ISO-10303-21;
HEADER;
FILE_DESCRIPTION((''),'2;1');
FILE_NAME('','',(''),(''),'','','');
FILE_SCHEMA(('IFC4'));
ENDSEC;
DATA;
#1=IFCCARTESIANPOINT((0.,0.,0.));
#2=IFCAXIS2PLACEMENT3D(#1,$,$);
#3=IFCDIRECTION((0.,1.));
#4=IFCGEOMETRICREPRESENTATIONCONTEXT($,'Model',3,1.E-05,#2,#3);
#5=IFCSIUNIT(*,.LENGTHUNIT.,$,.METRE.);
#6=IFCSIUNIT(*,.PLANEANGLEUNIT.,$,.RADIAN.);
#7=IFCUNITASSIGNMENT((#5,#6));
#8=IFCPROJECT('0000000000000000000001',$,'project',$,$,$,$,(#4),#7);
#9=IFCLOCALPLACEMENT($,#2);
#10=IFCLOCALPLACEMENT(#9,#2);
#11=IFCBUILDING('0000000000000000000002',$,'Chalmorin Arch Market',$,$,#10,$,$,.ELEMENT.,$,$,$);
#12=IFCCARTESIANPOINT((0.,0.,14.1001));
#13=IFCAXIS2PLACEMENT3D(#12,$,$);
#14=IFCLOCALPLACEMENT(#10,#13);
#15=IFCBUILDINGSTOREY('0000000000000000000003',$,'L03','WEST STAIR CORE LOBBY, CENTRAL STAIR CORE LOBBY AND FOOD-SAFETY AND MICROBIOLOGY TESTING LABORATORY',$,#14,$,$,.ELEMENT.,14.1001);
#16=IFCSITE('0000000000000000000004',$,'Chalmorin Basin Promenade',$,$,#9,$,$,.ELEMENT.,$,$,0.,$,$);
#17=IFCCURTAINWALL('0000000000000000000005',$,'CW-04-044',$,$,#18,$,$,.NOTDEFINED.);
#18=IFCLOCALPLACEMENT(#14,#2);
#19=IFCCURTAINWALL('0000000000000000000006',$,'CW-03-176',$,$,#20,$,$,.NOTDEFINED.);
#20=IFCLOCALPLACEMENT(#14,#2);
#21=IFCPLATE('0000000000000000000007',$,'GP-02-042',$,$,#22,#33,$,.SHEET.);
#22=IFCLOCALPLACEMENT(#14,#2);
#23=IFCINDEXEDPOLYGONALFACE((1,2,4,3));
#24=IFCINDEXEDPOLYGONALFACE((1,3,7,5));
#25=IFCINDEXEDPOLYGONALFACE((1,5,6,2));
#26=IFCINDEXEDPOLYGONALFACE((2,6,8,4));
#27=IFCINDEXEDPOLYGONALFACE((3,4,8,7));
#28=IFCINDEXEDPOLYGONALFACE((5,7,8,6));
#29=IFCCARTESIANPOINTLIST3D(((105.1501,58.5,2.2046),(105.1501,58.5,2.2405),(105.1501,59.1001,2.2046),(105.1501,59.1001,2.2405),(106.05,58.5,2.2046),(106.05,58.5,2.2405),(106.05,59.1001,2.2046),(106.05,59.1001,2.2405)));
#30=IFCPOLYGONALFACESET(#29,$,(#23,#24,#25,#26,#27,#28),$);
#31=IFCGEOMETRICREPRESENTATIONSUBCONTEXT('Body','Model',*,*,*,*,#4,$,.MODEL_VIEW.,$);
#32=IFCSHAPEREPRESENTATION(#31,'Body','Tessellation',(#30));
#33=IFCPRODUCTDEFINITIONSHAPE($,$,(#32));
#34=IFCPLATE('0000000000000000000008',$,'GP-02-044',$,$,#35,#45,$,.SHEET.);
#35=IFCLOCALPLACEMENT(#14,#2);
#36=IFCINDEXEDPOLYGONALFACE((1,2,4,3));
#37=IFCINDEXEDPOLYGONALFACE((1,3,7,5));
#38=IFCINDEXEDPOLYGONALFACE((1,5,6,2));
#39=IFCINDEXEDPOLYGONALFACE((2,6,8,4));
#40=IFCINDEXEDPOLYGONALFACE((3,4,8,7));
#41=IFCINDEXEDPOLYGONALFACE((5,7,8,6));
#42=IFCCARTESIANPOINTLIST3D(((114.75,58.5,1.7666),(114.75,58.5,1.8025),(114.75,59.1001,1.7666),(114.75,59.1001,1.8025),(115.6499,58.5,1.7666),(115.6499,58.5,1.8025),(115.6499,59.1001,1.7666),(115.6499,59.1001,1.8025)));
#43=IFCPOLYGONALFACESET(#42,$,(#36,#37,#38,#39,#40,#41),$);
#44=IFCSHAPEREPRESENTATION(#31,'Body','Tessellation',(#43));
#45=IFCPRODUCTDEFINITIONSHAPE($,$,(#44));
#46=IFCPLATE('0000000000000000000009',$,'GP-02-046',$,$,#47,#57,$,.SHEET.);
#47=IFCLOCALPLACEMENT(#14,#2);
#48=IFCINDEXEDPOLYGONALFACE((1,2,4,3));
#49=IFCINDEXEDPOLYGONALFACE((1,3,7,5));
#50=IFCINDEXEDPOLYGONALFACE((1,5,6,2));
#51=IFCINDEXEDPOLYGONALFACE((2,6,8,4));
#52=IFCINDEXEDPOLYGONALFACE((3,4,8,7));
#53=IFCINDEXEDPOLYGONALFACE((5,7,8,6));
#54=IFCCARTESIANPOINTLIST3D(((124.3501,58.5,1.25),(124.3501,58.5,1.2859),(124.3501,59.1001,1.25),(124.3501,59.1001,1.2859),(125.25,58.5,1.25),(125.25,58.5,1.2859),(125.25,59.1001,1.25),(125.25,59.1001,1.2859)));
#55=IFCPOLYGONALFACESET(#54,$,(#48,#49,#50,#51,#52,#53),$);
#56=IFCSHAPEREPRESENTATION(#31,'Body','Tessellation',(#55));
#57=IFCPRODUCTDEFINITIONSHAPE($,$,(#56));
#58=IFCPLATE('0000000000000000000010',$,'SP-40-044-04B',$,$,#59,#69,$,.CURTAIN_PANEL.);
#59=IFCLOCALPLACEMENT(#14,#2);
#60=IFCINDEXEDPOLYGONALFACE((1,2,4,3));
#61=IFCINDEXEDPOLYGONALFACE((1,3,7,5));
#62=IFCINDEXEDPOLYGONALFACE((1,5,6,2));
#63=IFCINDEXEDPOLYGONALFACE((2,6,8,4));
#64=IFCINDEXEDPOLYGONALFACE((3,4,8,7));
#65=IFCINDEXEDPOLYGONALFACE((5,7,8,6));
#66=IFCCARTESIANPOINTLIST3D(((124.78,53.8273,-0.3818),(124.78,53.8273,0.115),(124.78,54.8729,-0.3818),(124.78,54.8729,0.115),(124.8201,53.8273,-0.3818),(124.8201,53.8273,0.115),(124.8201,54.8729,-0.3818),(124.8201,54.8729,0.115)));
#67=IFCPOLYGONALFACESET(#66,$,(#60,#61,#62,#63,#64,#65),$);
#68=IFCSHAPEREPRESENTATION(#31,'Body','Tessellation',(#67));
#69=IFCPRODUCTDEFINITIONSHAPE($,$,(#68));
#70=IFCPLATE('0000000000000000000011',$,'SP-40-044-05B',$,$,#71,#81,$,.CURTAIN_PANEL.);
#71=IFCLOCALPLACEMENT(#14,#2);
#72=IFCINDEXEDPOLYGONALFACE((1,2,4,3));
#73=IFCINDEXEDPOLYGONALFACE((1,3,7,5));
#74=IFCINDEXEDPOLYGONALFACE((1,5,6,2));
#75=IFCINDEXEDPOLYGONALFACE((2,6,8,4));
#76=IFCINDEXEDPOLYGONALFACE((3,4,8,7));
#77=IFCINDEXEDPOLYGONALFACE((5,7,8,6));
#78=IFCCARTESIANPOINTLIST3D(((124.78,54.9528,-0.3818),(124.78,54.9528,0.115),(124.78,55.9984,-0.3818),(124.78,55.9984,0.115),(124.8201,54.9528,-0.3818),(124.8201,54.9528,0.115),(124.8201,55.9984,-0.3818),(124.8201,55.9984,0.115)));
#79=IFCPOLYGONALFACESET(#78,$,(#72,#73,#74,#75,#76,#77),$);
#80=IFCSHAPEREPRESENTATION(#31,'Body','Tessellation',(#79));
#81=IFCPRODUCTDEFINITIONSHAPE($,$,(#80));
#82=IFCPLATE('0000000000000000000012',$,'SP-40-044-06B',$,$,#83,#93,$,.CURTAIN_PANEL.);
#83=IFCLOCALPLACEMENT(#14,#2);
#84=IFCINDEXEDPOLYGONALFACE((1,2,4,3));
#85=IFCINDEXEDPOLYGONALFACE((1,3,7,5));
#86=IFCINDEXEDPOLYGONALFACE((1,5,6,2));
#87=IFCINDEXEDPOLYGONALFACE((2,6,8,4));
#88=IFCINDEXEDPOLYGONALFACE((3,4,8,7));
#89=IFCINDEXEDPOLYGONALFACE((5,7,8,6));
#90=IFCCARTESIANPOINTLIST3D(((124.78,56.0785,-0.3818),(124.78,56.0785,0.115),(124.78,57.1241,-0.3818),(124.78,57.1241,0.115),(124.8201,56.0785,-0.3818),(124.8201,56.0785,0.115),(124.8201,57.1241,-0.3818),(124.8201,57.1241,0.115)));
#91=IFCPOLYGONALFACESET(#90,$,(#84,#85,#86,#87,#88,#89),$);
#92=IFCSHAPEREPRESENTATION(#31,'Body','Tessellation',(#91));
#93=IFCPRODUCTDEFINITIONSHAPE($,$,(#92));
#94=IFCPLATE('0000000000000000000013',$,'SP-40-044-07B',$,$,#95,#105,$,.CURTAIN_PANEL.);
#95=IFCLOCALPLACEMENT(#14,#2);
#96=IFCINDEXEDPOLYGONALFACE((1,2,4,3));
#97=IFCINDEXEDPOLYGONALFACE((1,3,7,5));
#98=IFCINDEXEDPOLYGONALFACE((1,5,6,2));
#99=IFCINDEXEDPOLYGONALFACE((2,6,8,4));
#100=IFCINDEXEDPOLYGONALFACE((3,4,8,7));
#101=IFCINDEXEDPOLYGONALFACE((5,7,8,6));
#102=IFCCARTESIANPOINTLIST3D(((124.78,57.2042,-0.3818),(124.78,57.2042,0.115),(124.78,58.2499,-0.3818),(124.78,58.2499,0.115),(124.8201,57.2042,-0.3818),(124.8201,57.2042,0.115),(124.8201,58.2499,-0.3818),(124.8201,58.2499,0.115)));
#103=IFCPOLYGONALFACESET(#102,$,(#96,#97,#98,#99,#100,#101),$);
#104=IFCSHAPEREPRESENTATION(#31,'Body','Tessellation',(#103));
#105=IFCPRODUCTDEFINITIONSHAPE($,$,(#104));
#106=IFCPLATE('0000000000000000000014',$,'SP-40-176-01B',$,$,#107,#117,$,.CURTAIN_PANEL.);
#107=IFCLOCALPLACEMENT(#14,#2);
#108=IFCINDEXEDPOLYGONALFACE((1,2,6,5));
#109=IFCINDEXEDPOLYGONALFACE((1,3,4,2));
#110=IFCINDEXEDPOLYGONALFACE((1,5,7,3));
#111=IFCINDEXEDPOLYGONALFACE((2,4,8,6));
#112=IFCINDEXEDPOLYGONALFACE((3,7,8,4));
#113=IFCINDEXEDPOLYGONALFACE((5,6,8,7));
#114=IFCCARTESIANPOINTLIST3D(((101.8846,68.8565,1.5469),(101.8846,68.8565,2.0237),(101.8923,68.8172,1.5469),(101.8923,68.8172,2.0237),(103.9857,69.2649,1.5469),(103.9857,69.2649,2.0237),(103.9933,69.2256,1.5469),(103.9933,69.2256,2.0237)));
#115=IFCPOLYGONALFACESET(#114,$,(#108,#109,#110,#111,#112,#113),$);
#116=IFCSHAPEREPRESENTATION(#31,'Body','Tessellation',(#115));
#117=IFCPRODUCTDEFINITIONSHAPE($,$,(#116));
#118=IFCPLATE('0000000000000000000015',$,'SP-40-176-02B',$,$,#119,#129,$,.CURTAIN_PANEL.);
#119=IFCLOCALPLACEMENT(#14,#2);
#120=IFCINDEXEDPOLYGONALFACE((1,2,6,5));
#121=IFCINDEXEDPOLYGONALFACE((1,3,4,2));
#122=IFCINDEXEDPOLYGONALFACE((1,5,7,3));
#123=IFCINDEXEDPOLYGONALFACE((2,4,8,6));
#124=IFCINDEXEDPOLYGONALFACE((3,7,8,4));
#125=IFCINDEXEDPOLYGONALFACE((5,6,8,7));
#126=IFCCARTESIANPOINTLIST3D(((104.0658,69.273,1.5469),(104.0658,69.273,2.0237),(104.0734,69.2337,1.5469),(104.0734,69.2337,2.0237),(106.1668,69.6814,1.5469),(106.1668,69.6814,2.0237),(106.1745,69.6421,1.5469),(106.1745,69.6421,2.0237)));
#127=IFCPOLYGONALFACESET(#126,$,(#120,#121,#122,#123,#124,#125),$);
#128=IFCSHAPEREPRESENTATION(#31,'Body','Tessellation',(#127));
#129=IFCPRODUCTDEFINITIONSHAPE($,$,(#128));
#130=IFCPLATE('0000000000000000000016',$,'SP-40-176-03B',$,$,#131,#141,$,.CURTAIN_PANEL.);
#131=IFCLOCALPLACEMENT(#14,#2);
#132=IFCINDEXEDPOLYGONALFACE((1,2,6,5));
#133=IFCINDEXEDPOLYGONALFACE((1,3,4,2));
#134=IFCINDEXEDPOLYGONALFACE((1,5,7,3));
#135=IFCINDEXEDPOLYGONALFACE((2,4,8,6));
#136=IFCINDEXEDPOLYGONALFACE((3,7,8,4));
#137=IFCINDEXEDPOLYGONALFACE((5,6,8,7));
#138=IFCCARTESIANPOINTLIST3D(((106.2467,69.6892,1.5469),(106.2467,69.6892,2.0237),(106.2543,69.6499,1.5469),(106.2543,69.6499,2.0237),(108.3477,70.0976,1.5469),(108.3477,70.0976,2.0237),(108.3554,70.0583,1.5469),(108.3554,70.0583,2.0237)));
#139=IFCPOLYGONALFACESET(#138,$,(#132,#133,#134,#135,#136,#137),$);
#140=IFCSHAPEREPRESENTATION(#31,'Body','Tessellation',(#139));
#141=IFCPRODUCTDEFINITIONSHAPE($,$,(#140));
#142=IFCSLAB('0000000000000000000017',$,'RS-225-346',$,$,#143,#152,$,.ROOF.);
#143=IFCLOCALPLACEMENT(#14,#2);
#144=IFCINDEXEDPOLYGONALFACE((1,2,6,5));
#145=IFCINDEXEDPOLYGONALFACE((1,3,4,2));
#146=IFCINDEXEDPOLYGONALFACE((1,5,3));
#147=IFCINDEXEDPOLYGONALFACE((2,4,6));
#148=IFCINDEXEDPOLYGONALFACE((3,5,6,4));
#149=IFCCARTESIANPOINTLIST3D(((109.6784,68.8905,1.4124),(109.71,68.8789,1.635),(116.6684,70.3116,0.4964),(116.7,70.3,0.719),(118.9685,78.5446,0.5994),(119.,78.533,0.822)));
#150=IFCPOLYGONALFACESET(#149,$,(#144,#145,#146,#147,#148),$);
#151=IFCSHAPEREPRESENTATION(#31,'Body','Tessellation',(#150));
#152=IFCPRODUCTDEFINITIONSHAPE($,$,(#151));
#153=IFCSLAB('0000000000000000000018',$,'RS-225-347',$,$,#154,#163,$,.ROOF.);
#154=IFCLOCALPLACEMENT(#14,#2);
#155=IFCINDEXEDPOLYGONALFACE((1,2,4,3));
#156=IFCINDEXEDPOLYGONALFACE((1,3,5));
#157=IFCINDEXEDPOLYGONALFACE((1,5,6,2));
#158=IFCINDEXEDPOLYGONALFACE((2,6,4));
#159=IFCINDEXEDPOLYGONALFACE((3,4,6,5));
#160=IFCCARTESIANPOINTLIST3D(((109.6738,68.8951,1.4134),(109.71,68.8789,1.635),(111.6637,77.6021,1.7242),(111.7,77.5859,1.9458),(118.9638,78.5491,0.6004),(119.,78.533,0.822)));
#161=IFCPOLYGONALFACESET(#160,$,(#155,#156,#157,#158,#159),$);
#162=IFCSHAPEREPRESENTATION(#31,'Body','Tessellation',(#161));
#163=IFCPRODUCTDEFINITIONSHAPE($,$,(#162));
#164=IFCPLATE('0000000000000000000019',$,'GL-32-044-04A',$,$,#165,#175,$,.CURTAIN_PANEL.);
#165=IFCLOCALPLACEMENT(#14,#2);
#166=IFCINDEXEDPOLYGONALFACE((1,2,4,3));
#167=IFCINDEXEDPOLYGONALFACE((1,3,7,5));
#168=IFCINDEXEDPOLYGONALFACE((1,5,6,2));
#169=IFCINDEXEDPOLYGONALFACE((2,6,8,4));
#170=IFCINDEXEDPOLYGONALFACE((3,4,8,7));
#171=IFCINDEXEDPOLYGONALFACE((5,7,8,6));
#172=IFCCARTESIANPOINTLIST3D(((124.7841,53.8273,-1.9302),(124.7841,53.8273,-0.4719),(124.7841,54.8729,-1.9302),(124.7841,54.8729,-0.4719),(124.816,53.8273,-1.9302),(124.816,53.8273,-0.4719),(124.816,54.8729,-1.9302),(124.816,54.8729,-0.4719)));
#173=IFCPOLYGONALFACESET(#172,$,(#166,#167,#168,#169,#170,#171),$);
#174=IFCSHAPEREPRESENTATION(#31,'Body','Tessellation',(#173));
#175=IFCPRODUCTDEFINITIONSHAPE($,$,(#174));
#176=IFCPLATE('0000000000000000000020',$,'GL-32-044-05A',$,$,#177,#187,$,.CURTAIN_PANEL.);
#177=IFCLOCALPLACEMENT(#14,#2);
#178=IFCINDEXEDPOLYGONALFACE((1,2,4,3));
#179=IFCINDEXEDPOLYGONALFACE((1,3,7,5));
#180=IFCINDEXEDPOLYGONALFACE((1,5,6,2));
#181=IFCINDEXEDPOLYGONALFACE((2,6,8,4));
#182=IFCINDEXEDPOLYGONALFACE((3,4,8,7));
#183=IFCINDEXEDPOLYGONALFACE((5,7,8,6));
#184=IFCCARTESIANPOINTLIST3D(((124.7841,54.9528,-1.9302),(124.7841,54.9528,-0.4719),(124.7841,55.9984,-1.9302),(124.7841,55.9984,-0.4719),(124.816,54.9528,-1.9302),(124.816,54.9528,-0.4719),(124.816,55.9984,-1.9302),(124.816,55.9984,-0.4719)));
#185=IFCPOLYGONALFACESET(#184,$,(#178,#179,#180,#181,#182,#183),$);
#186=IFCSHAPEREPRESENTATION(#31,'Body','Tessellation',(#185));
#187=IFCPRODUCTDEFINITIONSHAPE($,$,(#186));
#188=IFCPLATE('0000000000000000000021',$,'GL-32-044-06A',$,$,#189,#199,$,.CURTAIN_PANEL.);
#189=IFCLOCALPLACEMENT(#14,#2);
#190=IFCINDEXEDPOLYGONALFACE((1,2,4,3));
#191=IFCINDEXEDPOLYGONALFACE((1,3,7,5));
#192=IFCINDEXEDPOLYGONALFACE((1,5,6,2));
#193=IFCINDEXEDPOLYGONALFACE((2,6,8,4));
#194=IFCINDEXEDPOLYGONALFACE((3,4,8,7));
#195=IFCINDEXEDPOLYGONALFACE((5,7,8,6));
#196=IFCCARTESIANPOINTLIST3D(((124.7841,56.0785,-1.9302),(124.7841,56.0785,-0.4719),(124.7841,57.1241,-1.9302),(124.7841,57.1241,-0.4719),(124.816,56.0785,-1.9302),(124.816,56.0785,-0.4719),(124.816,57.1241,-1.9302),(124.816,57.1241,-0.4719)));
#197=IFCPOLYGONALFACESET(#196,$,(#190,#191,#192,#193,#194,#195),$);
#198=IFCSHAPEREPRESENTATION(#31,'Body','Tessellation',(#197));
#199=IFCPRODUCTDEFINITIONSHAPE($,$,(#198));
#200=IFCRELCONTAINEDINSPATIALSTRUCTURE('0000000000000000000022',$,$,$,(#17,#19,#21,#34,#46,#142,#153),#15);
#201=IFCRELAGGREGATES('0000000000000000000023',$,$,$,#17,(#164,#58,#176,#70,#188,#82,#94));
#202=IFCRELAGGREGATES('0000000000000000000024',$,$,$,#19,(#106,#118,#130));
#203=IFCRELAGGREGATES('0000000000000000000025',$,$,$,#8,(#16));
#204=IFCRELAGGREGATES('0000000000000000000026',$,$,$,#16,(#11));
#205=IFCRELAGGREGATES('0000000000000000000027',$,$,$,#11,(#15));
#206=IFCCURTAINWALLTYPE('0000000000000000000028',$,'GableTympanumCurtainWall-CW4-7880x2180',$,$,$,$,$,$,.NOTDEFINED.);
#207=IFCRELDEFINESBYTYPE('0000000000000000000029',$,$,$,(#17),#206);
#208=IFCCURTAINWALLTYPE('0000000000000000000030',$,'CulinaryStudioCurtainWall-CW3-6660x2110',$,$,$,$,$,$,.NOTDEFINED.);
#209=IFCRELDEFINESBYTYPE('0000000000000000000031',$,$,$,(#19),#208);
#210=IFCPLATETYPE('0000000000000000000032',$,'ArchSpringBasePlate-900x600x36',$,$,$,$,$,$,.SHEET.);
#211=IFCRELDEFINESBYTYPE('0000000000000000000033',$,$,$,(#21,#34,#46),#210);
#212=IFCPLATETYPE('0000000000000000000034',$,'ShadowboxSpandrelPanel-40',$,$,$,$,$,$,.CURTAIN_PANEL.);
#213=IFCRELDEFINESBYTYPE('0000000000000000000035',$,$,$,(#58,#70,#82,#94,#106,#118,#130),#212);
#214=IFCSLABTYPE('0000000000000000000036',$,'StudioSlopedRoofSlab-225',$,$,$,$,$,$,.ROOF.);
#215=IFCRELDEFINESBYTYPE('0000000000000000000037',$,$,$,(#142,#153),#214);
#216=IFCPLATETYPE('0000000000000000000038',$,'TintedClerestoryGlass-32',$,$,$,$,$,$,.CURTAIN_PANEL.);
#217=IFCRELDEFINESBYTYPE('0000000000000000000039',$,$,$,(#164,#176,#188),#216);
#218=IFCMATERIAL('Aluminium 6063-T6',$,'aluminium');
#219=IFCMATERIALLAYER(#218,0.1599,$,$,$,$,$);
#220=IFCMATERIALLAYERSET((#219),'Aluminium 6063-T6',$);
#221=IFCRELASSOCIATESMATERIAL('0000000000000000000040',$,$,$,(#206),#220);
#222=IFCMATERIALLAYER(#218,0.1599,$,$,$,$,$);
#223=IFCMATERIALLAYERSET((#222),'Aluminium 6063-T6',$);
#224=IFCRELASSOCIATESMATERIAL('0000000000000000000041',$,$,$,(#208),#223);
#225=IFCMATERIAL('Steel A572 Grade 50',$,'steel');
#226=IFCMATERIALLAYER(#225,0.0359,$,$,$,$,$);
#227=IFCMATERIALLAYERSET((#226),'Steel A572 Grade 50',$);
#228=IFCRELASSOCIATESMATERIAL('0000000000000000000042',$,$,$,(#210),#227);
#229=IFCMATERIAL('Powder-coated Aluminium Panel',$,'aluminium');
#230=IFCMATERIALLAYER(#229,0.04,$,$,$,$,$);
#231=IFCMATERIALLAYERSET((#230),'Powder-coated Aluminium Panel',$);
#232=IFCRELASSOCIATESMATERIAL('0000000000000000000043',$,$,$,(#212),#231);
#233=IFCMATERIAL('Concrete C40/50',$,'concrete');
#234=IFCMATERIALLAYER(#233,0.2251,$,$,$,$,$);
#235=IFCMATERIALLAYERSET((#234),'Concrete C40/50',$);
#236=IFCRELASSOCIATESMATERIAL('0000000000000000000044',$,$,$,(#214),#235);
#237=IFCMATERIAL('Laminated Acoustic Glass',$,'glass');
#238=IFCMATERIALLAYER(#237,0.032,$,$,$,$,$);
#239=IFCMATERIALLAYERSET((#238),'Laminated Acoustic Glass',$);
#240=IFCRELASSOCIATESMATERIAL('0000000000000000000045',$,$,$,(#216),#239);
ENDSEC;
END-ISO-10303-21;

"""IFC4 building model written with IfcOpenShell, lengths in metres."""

from ifc_helpers import new_model, si_unit, direction, frame, origin, origin_2d, place, context, subcontext, project, spatial, polyline, rectangle, outline, extrude, material, layer, layer_set, type_object, element, aggregate, save


model = new_model("IFC4")

# Units and contexts
model_context = context("Model", 3, precision=1e-05, world=origin(), true_north=direction((0.0, 1.0)))
body_context = subcontext(model_context, "Body", "Model", "MODEL_VIEW")
ifc_project = project(units=[si_unit("LENGTHUNIT", "METRE"), si_unit("PLANEANGLEUNIT", "RADIAN")], contexts=[model_context])

# Site, building, storey
site_placement = place(None, origin())
site = spatial("IfcSite", under=ifc_project, at=site_placement, Name="Chalmorin Basin Promenade", CompositionType="ELEMENT", RefElevation=0.0)
building_placement = place(site_placement, origin())
building = spatial("IfcBuilding", under=site, at=building_placement, Name="Chalmorin Arch Market", CompositionType="ELEMENT")
storey_placement = place(building_placement, frame((0.0, 0.0, 14.1001)))
storey = spatial("IfcBuildingStorey", under=building, at=storey_placement, Name="L03", Description="WEST STAIR CORE LOBBY, CENTRAL STAIR CORE LOBBY AND FOOD-SAFETY AND MICROBIOLOGY TESTING LABORATORY", CompositionType="ELEMENT", Elevation=14.1001)

# Shared definitions
ifc_material_1 = material(Name="Concrete C40/50", Category="concrete")

# Curtain walls
ifc_material_2 = material(Name="Aluminium 6063-T6", Category="aluminium")
ifc_layer_1 = layer(ifc_material_2, 0.1599)
ifc_layer_set_1 = layer_set([ifc_layer_1], Name="Aluminium 6063-T6")
curtain_wall_type_1 = type_object("IfcCurtainWallType", Name="GableTympanumCurtainWall-CW4-7880x2180", PredefinedType="NOTDEFINED", material=ifc_layer_set_1)
curtain_wall_1_placement = place(storey_placement, origin())
curtain_wall_1 = element("IfcCurtainWall", 1, at=curtain_wall_1_placement, inside=storey, type_object=curtain_wall_type_1, Name="CW-04-044", PredefinedType="NOTDEFINED")
ifc_layer_2 = layer(ifc_material_2, 0.1599)
ifc_layer_set_2 = layer_set([ifc_layer_2], Name="Aluminium 6063-T6")
curtain_wall_type_2 = type_object("IfcCurtainWallType", Name="CulinaryStudioCurtainWall-CW3-6660x2110", PredefinedType="NOTDEFINED", material=ifc_layer_set_2)
curtain_wall_2_placement = place(storey_placement, origin())
curtain_wall_2 = element("IfcCurtainWall", 2, at=curtain_wall_2_placement, inside=storey, type_object=curtain_wall_type_2, Name="CW-03-176", PredefinedType="NOTDEFINED")

# Plates
ifc_material_3 = material(Name="Steel A572 Grade 50", Category="steel")
ifc_layer_3 = layer(ifc_material_3, 0.0359)
ifc_layer_set_3 = layer_set([ifc_layer_3], Name="Steel A572 Grade 50")
plate_type_1 = type_object("IfcPlateType", Name="ArchSpringBasePlate-900x600x36", PredefinedType="SHEET", material=ifc_layer_set_3)
for number, where, z_axis, x_axis, name in (
    (3, (105.6001, 58.8, 2.2046), (0.0, 0.0, 1.0), (1.0, 0.0, 0.0), "GP-02-042"),
    (4, (115.2, 58.8, 1.7666), (0.0, 0.0, 1.0), (1.0, 0.0, 0.0), "GP-02-044"),
    (5, (124.8, 58.8, 1.25), (0.0, 0.0, 1.0), (1.0, 0.0, 0.0), "GP-02-046"),
):
    element("IfcPlate", number, at=place(storey_placement, frame(where, z_axis=z_axis, x_axis=x_axis)), inside=storey, type_object=plate_type_1, Name=name, PredefinedType="SHEET", context=body_context, shape_type="SweptSolid", body=[
        extrude(rectangle(XDim=0.8999, YDim=0.6001, at=origin_2d()), origin(), (0.0, 0.0, 1.0), 0.0359),
    ])

# Plates
ifc_material_4 = material(Name="Powder-coated Aluminium Panel", Category="aluminium")
ifc_layer_4 = layer(ifc_material_4, 0.04)
ifc_layer_set_4 = layer_set([ifc_layer_4], Name="Powder-coated Aluminium Panel")
plate_type_2 = type_object("IfcPlateType", Name="ShadowboxSpandrelPanel-40", PredefinedType="CURTAIN_PANEL", material=ifc_layer_set_4)
plate_1_placement = place(storey_placement, frame((124.8, 54.3501, -0.3818), z_axis=(0.0, 0.0, 1.0), x_axis=(0.0, 1.0, 0.0)))
plate_1 = element("IfcPlate", 6, at=plate_1_placement, type_object=plate_type_2, Name="SP-40-044-04B", PredefinedType="CURTAIN_PANEL", context=body_context, shape_type="SweptSolid", body=[
    extrude(rectangle(XDim=1.0457, YDim=0.04, at=origin_2d()), origin(), (0.0, 0.0, 1.0), 0.4968),
])
plate_2_placement = place(storey_placement, frame((124.8, 55.4756, -0.3818), z_axis=(0.0, 0.0, 1.0), x_axis=(0.0, 1.0, 0.0)))
plate_2 = element("IfcPlate", 7, at=plate_2_placement, type_object=plate_type_2, Name="SP-40-044-05B", PredefinedType="CURTAIN_PANEL", context=body_context, shape_type="SweptSolid", body=[
    extrude(rectangle(XDim=1.0457, YDim=0.04, at=origin_2d()), origin(), (0.0, 0.0, 1.0), 0.4968),
])
plate_3_placement = place(storey_placement, frame((124.8, 56.6013, -0.3818), z_axis=(0.0, 0.0, 1.0), x_axis=(0.0, 1.0, 0.0)))
plate_3 = element("IfcPlate", 8, at=plate_3_placement, type_object=plate_type_2, Name="SP-40-044-06B", PredefinedType="CURTAIN_PANEL", context=body_context, shape_type="SweptSolid", body=[
    extrude(rectangle(XDim=1.0457, YDim=0.04, at=origin_2d()), origin(), (0.0, 0.0, 1.0), 0.4968),
])
plate_4_placement = place(storey_placement, frame((124.8, 57.7271, -0.3818), z_axis=(0.0, 0.0, 1.0), x_axis=(0.0, 1.0, 0.0)))
plate_4 = element("IfcPlate", 9, at=plate_4_placement, type_object=plate_type_2, Name="SP-40-044-07B", PredefinedType="CURTAIN_PANEL", context=body_context, shape_type="SweptSolid", body=[
    extrude(rectangle(XDim=1.0457, YDim=0.04, at=origin_2d()), origin(), (0.0, 0.0, 1.0), 0.4968),
])
plate_5_placement = place(storey_placement, frame((102.939, 69.041, 1.5469), z_axis=(0.0, 0.0, 1.0), x_axis=(0.981627, 0.190809, 0.0)))
plate_5 = element("IfcPlate", 10, at=plate_5_placement, type_object=plate_type_2, Name="SP-40-176-01B", PredefinedType="CURTAIN_PANEL", context=body_context, shape_type="SweptSolid", body=[
    extrude(rectangle(XDim=2.1404, YDim=0.04, at=origin_2d()), origin(), (0.0, 0.0, 1.0), 0.4768),
])
plate_6_placement = place(storey_placement, frame((105.1201, 69.4575, 1.5469), z_axis=(0.0, 0.0, 1.0), x_axis=(0.981627, 0.190809, 0.0)))
plate_6 = element("IfcPlate", 11, at=plate_6_placement, type_object=plate_type_2, Name="SP-40-176-02B", PredefinedType="CURTAIN_PANEL", context=body_context, shape_type="SweptSolid", body=[
    extrude(rectangle(XDim=2.1404, YDim=0.04, at=origin_2d()), origin(), (0.0, 0.0, 1.0), 0.4768),
])
plate_7_placement = place(storey_placement, frame((107.301, 69.8738, 1.5469), z_axis=(0.0, 0.0, 1.0), x_axis=(0.981627, 0.190809, 0.0)))
plate_7 = element("IfcPlate", 12, at=plate_7_placement, type_object=plate_type_2, Name="SP-40-176-03B", PredefinedType="CURTAIN_PANEL", context=body_context, shape_type="SweptSolid", body=[
    extrude(rectangle(XDim=2.1404, YDim=0.04, at=origin_2d()), origin(), (0.0, 0.0, 1.0), 0.4768),
])

# Slabs
ifc_layer_5 = layer(ifc_material_1, 0.2251)
ifc_layer_set_5 = layer_set([ifc_layer_5], Name="Concrete C40/50")
slab_type = type_object("IfcSlabType", Name="StudioSlopedRoofSlab-225", PredefinedType="ROOF", material=ifc_layer_set_5)
slab_1_placement = place(storey_placement, frame((109.71, 68.8789, 1.635), z_axis=(0.14005, -0.0515, 0.988804), x_axis=(0.97197, 0.197612, -0.127374)))
element("IfcSlab", 13, at=slab_1_placement, inside=storey, type_object=slab_type, Name="RS-225-346", PredefinedType="ROOF", context=body_context, shape_type="SweptSolid", body=[
    extrude(outline(polyline([(0.0, 0.0), (7.1916, 0.0), (11.041, 7.6331), (0.0, 0.0)])), origin(), (0.0, 0.0, -1.0), 0.2251),
])
slab_2_placement = place(storey_placement, frame((109.71, 68.8789, 1.635), z_axis=(0.16086, -0.0719, 0.984355), x_axis=(0.692119, 0.719238, -0.060569)))
element("IfcSlab", 14, at=slab_2_placement, inside=storey, type_object=slab_type, Name="RS-225-347", PredefinedType="ROOF", context=body_context, shape_type="SweptSolid", body=[
    extrude(outline(polyline([(0.0, 0.0), (13.4226, 0.0), (7.6209, 4.6681), (0.0, 0.0)])), origin(), (0.0, 0.0, -1.0), 0.2251),
])

# Plates
ifc_material_5 = material(Name="Laminated Acoustic Glass", Category="glass")
ifc_layer_6 = layer(ifc_material_5, 0.032)
ifc_layer_set_6 = layer_set([ifc_layer_6], Name="Laminated Acoustic Glass")
plate_type_3 = type_object("IfcPlateType", Name="TintedClerestoryGlass-32", PredefinedType="CURTAIN_PANEL", material=ifc_layer_set_6)
plate_8_placement = place(storey_placement, frame((124.8, 54.3501, -1.9302), z_axis=(0.0, 0.0, 1.0), x_axis=(0.0, 1.0, 0.0)))
plate_8 = element("IfcPlate", 15, at=plate_8_placement, type_object=plate_type_3, Name="GL-32-044-04A", PredefinedType="CURTAIN_PANEL", context=body_context, shape_type="SweptSolid", body=[
    extrude(rectangle(XDim=1.0457, YDim=0.032, at=origin_2d()), origin(), (0.0, 0.0, 1.0), 1.4583),
])
plate_9_placement = place(storey_placement, frame((124.8, 55.4756, -1.9302), z_axis=(0.0, 0.0, 1.0), x_axis=(0.0, 1.0, 0.0)))
plate_9 = element("IfcPlate", 16, at=plate_9_placement, type_object=plate_type_3, Name="GL-32-044-05A", PredefinedType="CURTAIN_PANEL", context=body_context, shape_type="SweptSolid", body=[
    extrude(rectangle(XDim=1.0457, YDim=0.032, at=origin_2d()), origin(), (0.0, 0.0, 1.0), 1.4583),
])
plate_10_placement = place(storey_placement, frame((124.8, 56.6013, -1.9302), z_axis=(0.0, 0.0, 1.0), x_axis=(0.0, 1.0, 0.0)))
plate_10 = element("IfcPlate", 17, at=plate_10_placement, type_object=plate_type_3, Name="GL-32-044-06A", PredefinedType="CURTAIN_PANEL", context=body_context, shape_type="SweptSolid", body=[
    extrude(rectangle(XDim=1.0457, YDim=0.032, at=origin_2d()), origin(), (0.0, 0.0, 1.0), 1.4583),
])
aggregate(curtain_wall_1, [plate_8, plate_1, plate_9, plate_2, plate_10, plate_3, plate_4])
aggregate(curtain_wall_2, [plate_5, plate_6, plate_7])

save(model, "model.ifc")
